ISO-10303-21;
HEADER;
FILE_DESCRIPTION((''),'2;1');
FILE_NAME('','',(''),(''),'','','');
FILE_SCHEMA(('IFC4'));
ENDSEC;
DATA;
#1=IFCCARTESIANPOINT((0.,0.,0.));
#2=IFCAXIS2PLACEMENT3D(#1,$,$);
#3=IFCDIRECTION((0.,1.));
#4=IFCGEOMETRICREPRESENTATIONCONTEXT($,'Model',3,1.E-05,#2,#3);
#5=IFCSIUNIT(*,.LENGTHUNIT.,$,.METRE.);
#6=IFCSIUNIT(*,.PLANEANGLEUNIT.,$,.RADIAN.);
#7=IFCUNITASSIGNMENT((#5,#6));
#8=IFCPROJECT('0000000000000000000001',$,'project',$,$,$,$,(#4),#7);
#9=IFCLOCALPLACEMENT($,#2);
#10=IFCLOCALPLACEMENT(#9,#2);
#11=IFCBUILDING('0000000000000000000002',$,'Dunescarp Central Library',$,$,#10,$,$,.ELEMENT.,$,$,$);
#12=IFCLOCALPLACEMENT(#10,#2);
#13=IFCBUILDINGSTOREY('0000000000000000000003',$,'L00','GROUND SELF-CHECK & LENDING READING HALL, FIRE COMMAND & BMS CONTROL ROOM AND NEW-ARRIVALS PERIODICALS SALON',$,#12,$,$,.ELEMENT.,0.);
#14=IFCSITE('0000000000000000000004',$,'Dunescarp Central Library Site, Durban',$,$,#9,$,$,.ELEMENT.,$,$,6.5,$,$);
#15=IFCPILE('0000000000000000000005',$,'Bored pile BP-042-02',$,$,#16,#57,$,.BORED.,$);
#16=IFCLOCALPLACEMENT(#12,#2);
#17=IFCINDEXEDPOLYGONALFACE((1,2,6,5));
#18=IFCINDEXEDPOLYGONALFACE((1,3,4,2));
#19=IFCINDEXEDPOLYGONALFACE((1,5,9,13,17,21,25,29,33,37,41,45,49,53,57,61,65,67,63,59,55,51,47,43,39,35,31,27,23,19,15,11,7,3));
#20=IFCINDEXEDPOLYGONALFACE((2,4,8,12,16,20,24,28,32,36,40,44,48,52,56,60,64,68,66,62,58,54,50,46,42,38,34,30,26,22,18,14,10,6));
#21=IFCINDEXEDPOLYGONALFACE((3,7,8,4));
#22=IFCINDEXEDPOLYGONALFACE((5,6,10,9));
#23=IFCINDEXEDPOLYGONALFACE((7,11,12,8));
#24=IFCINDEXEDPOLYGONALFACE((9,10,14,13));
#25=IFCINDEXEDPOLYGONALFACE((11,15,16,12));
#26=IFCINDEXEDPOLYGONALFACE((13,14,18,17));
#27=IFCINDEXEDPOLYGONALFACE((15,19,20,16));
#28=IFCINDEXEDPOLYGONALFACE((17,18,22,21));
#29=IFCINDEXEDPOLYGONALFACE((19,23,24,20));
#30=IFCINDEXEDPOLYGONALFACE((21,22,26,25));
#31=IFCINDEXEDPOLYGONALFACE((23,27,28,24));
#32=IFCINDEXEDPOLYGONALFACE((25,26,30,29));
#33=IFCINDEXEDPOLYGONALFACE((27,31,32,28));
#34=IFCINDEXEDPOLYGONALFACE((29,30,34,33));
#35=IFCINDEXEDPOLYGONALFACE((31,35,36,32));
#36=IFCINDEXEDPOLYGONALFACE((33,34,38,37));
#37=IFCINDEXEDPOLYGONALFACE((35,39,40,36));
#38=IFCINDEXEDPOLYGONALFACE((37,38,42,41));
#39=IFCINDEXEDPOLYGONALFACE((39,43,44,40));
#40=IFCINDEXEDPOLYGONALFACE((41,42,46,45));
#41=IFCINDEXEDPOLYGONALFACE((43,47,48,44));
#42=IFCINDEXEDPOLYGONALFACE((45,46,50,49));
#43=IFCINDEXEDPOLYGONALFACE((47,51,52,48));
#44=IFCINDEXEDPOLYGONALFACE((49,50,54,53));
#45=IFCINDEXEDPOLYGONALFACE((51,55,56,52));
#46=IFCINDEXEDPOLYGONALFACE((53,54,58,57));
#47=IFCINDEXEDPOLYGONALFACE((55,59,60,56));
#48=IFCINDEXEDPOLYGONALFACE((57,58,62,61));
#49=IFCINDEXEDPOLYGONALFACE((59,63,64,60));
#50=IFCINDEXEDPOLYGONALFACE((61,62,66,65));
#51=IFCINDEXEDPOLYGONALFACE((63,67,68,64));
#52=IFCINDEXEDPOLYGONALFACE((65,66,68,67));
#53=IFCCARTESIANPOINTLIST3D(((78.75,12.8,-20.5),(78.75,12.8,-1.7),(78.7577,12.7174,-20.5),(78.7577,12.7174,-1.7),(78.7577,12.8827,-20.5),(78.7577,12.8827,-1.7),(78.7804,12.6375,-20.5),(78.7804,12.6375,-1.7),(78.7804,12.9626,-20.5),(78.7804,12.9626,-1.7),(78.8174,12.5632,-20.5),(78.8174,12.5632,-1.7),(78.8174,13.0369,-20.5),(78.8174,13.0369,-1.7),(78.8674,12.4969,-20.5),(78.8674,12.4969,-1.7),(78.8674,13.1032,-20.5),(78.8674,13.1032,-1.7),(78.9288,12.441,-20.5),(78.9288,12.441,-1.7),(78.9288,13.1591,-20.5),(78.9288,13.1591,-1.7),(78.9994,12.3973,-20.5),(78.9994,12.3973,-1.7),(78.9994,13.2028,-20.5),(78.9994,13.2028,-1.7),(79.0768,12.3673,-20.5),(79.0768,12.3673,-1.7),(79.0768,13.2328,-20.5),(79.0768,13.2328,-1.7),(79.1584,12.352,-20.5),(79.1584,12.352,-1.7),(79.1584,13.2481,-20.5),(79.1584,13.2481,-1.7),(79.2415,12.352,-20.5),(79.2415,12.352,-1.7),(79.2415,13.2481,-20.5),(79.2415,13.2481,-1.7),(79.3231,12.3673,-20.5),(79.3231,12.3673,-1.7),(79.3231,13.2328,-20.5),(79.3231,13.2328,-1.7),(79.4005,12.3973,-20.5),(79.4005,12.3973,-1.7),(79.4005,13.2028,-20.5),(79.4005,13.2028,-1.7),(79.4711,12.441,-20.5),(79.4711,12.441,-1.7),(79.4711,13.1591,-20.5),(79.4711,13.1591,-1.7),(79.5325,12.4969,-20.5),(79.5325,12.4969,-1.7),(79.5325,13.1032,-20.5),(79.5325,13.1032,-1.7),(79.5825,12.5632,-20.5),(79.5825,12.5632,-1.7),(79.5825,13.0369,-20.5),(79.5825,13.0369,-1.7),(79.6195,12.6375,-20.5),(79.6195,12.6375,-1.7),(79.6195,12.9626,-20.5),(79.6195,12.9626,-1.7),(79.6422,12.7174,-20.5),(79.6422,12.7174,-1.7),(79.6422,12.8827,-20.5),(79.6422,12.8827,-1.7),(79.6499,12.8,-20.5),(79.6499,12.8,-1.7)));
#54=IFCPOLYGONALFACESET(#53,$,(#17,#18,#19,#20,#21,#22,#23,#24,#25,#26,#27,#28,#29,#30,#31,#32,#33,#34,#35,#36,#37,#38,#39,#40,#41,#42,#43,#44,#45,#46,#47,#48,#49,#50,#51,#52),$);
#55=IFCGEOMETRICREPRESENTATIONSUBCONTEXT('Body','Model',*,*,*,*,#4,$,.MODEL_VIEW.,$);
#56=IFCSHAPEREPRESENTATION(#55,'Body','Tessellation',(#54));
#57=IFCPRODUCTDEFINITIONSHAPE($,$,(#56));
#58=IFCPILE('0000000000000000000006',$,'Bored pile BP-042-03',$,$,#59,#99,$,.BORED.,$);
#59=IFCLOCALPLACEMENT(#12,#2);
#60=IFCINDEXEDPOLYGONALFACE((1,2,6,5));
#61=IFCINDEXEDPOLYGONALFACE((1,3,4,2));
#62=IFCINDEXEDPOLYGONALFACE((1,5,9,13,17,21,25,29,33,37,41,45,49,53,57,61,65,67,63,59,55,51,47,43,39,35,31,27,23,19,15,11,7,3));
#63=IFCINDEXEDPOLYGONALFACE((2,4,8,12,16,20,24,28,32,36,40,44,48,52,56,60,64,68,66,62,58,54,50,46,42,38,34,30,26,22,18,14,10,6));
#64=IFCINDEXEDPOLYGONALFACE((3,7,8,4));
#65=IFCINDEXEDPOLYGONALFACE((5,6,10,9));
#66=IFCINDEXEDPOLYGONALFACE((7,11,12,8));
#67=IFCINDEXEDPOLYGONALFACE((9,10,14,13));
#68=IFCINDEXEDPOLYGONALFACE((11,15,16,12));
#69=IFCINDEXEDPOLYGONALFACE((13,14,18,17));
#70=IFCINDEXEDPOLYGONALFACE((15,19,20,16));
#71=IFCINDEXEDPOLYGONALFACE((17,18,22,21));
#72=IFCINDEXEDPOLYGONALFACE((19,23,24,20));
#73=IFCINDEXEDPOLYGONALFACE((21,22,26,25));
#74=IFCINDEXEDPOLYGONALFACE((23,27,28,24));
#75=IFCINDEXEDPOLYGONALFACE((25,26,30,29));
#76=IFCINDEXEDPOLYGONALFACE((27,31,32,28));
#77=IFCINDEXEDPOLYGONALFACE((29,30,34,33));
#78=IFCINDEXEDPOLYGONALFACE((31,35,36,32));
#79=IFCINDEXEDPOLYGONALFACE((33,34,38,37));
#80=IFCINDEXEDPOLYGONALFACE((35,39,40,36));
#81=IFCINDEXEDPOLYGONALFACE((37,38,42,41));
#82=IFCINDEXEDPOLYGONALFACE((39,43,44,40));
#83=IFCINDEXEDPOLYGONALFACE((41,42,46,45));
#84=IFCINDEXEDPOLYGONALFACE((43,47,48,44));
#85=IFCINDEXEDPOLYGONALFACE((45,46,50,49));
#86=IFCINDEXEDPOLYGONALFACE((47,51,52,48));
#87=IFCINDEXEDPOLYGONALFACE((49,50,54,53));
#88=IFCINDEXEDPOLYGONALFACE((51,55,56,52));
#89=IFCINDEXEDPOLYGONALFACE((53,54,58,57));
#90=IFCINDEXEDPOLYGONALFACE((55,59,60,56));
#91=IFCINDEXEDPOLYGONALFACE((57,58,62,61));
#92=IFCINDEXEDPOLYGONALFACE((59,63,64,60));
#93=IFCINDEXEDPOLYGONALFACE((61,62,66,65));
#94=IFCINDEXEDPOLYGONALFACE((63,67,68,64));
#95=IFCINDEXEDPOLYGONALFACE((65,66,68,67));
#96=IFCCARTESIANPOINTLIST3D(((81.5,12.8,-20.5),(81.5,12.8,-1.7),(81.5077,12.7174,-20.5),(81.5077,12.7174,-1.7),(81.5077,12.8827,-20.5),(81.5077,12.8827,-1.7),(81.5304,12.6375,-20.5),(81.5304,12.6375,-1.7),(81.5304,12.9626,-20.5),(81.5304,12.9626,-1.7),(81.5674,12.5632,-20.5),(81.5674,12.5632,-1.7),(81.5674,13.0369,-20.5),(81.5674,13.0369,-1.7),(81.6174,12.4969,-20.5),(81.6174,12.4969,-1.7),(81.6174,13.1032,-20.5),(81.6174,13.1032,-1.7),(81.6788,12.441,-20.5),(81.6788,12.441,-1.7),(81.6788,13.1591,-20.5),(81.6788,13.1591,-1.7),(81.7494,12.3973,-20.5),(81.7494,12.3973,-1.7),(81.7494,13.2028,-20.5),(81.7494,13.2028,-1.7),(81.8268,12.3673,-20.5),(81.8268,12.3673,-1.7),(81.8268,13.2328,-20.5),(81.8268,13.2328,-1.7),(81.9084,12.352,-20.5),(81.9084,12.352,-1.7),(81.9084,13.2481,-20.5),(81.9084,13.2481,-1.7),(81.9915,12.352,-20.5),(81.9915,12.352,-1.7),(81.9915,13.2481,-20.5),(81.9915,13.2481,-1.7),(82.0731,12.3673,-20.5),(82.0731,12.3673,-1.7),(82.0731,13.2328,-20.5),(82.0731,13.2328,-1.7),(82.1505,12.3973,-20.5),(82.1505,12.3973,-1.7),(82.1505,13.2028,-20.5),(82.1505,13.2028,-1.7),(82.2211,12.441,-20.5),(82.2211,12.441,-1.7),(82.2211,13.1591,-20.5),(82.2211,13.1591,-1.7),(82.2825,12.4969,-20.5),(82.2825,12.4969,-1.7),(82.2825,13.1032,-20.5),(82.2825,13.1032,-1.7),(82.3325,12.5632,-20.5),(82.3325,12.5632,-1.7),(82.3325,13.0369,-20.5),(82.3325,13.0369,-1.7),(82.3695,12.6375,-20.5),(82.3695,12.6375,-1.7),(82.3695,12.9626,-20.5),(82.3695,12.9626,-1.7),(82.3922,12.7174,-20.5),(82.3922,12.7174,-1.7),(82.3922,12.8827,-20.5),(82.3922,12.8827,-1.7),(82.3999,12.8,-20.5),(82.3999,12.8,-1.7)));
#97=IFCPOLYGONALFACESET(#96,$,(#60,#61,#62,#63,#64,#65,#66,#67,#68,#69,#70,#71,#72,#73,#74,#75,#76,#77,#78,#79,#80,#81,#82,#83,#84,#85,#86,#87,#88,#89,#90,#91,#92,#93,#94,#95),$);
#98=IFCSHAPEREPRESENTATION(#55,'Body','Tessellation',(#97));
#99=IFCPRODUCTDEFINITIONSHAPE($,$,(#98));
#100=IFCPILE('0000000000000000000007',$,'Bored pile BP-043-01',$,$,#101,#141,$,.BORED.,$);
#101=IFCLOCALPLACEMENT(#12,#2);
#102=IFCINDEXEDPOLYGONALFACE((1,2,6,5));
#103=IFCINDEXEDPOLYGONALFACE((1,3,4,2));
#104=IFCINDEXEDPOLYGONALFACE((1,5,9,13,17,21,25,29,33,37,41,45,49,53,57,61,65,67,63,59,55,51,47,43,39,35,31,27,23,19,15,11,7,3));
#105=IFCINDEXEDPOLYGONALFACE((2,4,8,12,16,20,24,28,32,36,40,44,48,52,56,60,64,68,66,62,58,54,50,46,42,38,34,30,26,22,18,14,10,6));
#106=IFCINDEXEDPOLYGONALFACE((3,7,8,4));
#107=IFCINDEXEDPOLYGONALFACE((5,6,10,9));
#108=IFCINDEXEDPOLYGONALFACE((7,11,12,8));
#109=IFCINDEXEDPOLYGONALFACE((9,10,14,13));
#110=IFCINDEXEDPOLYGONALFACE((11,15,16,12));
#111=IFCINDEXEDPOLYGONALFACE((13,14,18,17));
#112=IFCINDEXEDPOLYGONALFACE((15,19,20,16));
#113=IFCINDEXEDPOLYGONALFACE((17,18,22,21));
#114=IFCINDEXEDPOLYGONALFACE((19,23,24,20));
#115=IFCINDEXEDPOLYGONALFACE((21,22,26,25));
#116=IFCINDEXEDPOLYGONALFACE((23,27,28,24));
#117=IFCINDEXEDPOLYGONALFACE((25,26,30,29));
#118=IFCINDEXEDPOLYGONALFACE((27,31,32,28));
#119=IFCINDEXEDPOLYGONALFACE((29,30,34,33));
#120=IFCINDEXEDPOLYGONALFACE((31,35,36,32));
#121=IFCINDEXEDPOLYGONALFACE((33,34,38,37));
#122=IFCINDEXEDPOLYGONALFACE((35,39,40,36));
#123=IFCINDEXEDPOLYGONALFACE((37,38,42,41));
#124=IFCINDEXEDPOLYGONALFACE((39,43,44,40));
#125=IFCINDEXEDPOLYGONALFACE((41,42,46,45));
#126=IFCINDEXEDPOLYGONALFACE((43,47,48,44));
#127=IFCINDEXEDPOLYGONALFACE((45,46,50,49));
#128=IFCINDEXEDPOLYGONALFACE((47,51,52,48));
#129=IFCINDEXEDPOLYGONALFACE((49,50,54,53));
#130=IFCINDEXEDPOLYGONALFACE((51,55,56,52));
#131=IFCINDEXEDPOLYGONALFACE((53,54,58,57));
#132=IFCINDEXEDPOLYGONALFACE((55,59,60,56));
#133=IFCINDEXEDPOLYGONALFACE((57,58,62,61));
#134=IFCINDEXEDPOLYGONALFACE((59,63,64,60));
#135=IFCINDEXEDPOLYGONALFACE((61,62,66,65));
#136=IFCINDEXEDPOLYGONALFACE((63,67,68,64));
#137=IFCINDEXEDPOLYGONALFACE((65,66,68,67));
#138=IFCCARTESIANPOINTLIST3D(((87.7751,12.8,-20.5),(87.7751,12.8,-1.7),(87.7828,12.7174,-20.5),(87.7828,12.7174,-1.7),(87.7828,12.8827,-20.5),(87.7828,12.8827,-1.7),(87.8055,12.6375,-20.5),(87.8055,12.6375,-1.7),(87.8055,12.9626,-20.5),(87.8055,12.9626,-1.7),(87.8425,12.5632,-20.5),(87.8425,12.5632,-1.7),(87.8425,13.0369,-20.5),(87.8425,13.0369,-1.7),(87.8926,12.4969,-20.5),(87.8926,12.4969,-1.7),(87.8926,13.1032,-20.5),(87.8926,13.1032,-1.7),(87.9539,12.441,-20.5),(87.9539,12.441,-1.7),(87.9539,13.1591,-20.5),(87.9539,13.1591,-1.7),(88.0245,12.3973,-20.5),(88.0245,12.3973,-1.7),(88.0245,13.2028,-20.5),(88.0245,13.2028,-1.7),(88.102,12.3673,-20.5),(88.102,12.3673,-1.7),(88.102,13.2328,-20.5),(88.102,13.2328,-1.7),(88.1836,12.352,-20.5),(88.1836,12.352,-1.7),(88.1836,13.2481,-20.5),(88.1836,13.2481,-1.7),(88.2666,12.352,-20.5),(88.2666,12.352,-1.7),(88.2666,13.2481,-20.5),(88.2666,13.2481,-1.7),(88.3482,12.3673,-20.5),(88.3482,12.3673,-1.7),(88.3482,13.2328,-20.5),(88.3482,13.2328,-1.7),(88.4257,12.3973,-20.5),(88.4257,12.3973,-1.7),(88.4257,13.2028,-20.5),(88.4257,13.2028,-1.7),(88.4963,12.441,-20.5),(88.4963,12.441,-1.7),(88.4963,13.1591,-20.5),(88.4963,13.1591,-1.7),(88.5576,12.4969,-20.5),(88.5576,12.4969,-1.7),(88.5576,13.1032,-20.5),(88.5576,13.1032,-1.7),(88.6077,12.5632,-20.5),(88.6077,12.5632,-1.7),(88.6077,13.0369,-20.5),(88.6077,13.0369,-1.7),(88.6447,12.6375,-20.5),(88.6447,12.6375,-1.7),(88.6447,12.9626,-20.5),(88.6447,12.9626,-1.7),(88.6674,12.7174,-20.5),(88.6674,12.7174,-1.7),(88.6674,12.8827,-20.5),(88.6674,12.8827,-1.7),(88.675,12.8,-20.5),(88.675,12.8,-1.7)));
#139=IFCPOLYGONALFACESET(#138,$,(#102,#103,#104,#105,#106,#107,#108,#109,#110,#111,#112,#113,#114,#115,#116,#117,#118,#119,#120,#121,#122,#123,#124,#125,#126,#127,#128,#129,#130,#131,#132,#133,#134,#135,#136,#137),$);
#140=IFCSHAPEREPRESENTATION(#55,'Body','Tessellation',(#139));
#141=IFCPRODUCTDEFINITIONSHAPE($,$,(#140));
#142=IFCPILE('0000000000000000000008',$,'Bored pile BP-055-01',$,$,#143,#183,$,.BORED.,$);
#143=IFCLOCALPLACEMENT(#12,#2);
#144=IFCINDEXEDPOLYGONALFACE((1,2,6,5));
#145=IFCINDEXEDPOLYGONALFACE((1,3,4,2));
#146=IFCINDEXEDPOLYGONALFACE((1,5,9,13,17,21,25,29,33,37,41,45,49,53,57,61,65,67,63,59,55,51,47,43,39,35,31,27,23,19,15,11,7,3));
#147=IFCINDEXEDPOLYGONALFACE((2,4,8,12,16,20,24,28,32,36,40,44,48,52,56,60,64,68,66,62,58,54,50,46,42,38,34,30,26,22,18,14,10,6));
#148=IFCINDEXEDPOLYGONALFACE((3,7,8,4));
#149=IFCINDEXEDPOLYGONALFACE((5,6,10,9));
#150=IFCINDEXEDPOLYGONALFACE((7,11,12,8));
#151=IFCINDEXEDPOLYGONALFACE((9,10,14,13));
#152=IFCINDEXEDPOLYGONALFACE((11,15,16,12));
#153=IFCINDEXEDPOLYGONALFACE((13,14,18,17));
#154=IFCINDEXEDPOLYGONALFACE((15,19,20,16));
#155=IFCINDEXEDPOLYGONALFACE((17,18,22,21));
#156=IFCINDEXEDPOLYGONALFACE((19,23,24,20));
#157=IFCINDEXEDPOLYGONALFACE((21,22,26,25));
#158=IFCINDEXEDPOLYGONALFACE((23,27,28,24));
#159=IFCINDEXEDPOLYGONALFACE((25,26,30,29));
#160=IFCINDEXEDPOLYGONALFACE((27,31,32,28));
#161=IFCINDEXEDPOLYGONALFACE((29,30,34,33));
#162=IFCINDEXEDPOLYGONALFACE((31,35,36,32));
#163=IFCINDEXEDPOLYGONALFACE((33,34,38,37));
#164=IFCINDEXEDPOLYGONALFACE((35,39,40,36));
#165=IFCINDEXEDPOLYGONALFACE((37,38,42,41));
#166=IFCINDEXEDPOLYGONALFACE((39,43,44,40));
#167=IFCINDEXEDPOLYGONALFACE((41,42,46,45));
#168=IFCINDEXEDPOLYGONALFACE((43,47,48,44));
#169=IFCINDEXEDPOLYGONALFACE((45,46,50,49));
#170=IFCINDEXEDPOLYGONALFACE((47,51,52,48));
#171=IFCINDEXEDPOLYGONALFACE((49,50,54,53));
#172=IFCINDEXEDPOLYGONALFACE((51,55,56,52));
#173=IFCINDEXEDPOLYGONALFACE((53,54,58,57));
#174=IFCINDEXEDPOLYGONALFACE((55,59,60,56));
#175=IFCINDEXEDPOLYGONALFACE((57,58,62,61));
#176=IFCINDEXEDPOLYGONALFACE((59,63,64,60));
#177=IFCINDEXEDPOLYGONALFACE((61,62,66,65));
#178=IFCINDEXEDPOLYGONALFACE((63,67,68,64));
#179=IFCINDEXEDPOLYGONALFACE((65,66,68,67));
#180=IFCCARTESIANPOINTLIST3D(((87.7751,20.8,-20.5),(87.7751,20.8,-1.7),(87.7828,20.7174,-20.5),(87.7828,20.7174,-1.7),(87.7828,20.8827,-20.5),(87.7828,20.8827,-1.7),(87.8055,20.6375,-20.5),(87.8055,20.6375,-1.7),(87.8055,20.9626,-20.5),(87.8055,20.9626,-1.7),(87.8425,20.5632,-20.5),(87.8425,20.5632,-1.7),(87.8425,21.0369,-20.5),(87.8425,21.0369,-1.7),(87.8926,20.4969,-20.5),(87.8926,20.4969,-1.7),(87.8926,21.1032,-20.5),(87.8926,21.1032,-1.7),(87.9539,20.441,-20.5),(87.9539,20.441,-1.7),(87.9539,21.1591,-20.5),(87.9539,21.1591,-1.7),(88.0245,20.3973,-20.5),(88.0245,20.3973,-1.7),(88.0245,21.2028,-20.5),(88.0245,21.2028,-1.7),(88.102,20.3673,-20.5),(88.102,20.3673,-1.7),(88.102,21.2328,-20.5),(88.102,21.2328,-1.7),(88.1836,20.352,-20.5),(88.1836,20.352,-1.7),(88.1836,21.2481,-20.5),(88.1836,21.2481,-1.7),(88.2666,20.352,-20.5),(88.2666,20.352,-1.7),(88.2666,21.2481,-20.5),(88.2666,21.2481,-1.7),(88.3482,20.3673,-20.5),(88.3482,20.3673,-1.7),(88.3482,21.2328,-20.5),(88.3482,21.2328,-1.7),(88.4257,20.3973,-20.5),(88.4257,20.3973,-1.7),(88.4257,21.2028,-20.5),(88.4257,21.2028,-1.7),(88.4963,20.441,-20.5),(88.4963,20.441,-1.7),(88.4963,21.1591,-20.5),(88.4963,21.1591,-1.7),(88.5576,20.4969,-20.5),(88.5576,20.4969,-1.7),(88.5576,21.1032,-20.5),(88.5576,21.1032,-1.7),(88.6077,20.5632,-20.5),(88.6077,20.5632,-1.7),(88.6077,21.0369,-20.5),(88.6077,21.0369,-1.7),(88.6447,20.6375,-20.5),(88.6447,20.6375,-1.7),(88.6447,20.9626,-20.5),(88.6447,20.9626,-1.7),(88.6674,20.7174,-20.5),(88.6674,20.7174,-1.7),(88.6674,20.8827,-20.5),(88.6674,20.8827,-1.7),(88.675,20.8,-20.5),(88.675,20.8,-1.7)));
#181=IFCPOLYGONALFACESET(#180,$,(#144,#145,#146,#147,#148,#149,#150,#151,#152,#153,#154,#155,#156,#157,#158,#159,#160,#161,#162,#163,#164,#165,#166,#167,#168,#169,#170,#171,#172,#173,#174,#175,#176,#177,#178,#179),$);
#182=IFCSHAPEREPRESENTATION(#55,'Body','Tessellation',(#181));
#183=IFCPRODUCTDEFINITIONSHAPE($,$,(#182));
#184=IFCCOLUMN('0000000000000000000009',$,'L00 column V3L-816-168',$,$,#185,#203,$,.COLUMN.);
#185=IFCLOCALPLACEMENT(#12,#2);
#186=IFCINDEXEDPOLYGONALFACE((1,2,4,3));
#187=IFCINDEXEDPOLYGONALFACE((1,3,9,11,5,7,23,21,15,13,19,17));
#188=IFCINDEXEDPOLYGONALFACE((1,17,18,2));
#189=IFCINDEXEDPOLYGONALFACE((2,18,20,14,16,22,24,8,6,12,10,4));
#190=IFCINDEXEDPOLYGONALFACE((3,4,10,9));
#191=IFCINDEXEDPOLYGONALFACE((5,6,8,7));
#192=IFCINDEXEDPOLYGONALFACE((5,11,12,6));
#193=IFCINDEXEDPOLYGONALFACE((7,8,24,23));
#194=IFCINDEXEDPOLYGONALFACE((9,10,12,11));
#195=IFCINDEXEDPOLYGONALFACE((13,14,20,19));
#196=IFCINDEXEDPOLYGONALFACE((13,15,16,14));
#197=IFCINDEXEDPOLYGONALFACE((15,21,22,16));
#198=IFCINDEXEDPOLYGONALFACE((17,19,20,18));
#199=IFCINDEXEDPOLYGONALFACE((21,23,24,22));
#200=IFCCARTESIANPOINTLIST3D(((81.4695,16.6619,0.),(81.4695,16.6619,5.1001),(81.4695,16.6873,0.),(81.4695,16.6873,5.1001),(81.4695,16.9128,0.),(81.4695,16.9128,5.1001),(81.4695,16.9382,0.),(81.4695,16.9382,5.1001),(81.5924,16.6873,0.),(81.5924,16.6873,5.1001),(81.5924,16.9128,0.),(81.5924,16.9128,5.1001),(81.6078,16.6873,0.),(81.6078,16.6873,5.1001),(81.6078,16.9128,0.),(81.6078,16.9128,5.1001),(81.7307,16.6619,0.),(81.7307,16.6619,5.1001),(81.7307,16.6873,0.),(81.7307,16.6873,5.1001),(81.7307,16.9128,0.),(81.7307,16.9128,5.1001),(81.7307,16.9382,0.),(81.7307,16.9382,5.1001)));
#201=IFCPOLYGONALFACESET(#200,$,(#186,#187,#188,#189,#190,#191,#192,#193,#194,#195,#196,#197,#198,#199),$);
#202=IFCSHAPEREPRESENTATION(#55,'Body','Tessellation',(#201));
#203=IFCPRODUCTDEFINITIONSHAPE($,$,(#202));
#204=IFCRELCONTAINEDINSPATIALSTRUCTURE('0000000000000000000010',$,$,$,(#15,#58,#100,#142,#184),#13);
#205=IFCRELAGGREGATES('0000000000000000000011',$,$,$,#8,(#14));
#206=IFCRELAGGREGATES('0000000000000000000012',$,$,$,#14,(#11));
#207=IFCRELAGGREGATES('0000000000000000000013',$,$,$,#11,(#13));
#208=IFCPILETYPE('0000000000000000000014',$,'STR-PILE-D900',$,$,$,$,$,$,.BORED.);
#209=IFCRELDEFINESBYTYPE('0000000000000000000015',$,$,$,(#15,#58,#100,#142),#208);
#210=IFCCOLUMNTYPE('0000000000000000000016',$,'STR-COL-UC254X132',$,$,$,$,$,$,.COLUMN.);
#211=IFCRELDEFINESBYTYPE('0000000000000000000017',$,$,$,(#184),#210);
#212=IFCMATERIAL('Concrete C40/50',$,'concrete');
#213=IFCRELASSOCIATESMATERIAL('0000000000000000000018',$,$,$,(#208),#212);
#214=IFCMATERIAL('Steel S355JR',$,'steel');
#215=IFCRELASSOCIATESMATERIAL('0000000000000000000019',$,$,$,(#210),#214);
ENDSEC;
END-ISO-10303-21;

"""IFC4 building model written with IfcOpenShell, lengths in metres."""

from ifc_helpers import new_model, si_unit, direction, frame, origin, origin_2d, place, context, subcontext, project, spatial, circle, i_section, extrude, material, material_profile, profile_set, type_object, element, save


model = new_model("IFC4")

# Units and contexts
model_context = context("Model", 3, precision=1e-05, world=origin(), true_north=direction((0.0, 1.0)))
body_context = subcontext(model_context, "Body", "Model", "MODEL_VIEW")
ifc_project = project(units=[si_unit("LENGTHUNIT", "METRE"), si_unit("PLANEANGLEUNIT", "RADIAN")], contexts=[model_context])

# Site, building, storey
site_placement = place(None, origin())
site = spatial("IfcSite", under=ifc_project, at=site_placement, Name="Dunescarp Central Library Site, Durban", CompositionType="ELEMENT", RefElevation=6.5)
building_placement = place(site_placement, origin())
building = spatial("IfcBuilding", under=site, at=building_placement, Name="Dunescarp Central Library", CompositionType="ELEMENT")
storey_placement = place(building_placement, origin())
storey = spatial("IfcBuildingStorey", under=building, at=storey_placement, Name="L00", Description="GROUND SELF-CHECK & LENDING READING HALL, FIRE COMMAND & BMS CONTROL ROOM AND NEW-ARRIVALS PERIODICALS SALON", CompositionType="ELEMENT", Elevation=0.0)

# Shared definitions
ifc_material_1 = material(Name="Concrete C40/50", Category="concrete")

# Piles
ifc_material_profile_1 = material_profile(ifc_material_1, circle(Radius=0.45, at=origin_2d()), Name="PILE D900")
ifc_profile_set_1 = profile_set([ifc_material_profile_1], Name="Concrete C40/50")
pile_type_1 = type_object("IfcPileType", Name="STR-PILE-D900", PredefinedType="BORED", material=ifc_profile_set_1)
for number, where, z_axis, x_axis, name in (
    (1, (79.2, 12.8, -1.7), (0.0, 0.0, -1.0), (1.0, 0.0, 0.0), "Bored pile BP-042-02"),
    (2, (81.95, 12.8, -1.7), (0.0, 0.0, -1.0), (1.0, 0.0, 0.0), "Bored pile BP-042-03"),
    (3, (88.2251, 12.8, -1.7), (0.0, 0.0, -1.0), (1.0, 0.0, 0.0), "Bored pile BP-043-01"),
    (4, (88.2251, 20.8, -1.7), (0.0, 0.0, -1.0), (1.0, 0.0, 0.0), "Bored pile BP-055-01"),
):
    element("IfcPile", number, at=place(storey_placement, frame(where, z_axis=z_axis, x_axis=x_axis)), inside=storey, type_object=pile_type_1, Name=name, PredefinedType="BORED", context=body_context, shape_type="SweptSolid", body=[
        extrude(circle(Radius=0.45, at=origin_2d()), origin(), (0.0, 0.0, 1.0), 18.8),
    ])

# Column
ifc_material_2 = material(Name="Steel S355JR", Category="steel")
ifc_material_profile_2 = material_profile(ifc_material_2, i_section(OverallWidth=0.2612, OverallDepth=0.2764, WebThickness=0.0154, FlangeThickness=0.0254, at=origin_2d()), Name="UC 254x254x132")
ifc_profile_set_2 = profile_set([ifc_material_profile_2], Name="Steel S355JR")
column_type_1 = type_object("IfcColumnType", Name="STR-COL-UC254X132", PredefinedType="COLUMN", material=ifc_profile_set_2)
column_placement = place(storey_placement, frame((81.6001, 16.8, 0.0), z_axis=(0.0, 0.0, 1.0), x_axis=(1.0, 0.0, 0.0)))
element("IfcColumn", 5, at=column_placement, inside=storey, type_object=column_type_1, Name="L00 column V3L-816-168", PredefinedType="COLUMN", context=body_context, shape_type="SweptSolid", body=[
    extrude(i_section(OverallWidth=0.2612, OverallDepth=0.2764, WebThickness=0.0154, FlangeThickness=0.0254, at=origin_2d()), origin(), (0.0, 0.0, 1.0), 5.1001),
])

save(model, "model.ifc")
